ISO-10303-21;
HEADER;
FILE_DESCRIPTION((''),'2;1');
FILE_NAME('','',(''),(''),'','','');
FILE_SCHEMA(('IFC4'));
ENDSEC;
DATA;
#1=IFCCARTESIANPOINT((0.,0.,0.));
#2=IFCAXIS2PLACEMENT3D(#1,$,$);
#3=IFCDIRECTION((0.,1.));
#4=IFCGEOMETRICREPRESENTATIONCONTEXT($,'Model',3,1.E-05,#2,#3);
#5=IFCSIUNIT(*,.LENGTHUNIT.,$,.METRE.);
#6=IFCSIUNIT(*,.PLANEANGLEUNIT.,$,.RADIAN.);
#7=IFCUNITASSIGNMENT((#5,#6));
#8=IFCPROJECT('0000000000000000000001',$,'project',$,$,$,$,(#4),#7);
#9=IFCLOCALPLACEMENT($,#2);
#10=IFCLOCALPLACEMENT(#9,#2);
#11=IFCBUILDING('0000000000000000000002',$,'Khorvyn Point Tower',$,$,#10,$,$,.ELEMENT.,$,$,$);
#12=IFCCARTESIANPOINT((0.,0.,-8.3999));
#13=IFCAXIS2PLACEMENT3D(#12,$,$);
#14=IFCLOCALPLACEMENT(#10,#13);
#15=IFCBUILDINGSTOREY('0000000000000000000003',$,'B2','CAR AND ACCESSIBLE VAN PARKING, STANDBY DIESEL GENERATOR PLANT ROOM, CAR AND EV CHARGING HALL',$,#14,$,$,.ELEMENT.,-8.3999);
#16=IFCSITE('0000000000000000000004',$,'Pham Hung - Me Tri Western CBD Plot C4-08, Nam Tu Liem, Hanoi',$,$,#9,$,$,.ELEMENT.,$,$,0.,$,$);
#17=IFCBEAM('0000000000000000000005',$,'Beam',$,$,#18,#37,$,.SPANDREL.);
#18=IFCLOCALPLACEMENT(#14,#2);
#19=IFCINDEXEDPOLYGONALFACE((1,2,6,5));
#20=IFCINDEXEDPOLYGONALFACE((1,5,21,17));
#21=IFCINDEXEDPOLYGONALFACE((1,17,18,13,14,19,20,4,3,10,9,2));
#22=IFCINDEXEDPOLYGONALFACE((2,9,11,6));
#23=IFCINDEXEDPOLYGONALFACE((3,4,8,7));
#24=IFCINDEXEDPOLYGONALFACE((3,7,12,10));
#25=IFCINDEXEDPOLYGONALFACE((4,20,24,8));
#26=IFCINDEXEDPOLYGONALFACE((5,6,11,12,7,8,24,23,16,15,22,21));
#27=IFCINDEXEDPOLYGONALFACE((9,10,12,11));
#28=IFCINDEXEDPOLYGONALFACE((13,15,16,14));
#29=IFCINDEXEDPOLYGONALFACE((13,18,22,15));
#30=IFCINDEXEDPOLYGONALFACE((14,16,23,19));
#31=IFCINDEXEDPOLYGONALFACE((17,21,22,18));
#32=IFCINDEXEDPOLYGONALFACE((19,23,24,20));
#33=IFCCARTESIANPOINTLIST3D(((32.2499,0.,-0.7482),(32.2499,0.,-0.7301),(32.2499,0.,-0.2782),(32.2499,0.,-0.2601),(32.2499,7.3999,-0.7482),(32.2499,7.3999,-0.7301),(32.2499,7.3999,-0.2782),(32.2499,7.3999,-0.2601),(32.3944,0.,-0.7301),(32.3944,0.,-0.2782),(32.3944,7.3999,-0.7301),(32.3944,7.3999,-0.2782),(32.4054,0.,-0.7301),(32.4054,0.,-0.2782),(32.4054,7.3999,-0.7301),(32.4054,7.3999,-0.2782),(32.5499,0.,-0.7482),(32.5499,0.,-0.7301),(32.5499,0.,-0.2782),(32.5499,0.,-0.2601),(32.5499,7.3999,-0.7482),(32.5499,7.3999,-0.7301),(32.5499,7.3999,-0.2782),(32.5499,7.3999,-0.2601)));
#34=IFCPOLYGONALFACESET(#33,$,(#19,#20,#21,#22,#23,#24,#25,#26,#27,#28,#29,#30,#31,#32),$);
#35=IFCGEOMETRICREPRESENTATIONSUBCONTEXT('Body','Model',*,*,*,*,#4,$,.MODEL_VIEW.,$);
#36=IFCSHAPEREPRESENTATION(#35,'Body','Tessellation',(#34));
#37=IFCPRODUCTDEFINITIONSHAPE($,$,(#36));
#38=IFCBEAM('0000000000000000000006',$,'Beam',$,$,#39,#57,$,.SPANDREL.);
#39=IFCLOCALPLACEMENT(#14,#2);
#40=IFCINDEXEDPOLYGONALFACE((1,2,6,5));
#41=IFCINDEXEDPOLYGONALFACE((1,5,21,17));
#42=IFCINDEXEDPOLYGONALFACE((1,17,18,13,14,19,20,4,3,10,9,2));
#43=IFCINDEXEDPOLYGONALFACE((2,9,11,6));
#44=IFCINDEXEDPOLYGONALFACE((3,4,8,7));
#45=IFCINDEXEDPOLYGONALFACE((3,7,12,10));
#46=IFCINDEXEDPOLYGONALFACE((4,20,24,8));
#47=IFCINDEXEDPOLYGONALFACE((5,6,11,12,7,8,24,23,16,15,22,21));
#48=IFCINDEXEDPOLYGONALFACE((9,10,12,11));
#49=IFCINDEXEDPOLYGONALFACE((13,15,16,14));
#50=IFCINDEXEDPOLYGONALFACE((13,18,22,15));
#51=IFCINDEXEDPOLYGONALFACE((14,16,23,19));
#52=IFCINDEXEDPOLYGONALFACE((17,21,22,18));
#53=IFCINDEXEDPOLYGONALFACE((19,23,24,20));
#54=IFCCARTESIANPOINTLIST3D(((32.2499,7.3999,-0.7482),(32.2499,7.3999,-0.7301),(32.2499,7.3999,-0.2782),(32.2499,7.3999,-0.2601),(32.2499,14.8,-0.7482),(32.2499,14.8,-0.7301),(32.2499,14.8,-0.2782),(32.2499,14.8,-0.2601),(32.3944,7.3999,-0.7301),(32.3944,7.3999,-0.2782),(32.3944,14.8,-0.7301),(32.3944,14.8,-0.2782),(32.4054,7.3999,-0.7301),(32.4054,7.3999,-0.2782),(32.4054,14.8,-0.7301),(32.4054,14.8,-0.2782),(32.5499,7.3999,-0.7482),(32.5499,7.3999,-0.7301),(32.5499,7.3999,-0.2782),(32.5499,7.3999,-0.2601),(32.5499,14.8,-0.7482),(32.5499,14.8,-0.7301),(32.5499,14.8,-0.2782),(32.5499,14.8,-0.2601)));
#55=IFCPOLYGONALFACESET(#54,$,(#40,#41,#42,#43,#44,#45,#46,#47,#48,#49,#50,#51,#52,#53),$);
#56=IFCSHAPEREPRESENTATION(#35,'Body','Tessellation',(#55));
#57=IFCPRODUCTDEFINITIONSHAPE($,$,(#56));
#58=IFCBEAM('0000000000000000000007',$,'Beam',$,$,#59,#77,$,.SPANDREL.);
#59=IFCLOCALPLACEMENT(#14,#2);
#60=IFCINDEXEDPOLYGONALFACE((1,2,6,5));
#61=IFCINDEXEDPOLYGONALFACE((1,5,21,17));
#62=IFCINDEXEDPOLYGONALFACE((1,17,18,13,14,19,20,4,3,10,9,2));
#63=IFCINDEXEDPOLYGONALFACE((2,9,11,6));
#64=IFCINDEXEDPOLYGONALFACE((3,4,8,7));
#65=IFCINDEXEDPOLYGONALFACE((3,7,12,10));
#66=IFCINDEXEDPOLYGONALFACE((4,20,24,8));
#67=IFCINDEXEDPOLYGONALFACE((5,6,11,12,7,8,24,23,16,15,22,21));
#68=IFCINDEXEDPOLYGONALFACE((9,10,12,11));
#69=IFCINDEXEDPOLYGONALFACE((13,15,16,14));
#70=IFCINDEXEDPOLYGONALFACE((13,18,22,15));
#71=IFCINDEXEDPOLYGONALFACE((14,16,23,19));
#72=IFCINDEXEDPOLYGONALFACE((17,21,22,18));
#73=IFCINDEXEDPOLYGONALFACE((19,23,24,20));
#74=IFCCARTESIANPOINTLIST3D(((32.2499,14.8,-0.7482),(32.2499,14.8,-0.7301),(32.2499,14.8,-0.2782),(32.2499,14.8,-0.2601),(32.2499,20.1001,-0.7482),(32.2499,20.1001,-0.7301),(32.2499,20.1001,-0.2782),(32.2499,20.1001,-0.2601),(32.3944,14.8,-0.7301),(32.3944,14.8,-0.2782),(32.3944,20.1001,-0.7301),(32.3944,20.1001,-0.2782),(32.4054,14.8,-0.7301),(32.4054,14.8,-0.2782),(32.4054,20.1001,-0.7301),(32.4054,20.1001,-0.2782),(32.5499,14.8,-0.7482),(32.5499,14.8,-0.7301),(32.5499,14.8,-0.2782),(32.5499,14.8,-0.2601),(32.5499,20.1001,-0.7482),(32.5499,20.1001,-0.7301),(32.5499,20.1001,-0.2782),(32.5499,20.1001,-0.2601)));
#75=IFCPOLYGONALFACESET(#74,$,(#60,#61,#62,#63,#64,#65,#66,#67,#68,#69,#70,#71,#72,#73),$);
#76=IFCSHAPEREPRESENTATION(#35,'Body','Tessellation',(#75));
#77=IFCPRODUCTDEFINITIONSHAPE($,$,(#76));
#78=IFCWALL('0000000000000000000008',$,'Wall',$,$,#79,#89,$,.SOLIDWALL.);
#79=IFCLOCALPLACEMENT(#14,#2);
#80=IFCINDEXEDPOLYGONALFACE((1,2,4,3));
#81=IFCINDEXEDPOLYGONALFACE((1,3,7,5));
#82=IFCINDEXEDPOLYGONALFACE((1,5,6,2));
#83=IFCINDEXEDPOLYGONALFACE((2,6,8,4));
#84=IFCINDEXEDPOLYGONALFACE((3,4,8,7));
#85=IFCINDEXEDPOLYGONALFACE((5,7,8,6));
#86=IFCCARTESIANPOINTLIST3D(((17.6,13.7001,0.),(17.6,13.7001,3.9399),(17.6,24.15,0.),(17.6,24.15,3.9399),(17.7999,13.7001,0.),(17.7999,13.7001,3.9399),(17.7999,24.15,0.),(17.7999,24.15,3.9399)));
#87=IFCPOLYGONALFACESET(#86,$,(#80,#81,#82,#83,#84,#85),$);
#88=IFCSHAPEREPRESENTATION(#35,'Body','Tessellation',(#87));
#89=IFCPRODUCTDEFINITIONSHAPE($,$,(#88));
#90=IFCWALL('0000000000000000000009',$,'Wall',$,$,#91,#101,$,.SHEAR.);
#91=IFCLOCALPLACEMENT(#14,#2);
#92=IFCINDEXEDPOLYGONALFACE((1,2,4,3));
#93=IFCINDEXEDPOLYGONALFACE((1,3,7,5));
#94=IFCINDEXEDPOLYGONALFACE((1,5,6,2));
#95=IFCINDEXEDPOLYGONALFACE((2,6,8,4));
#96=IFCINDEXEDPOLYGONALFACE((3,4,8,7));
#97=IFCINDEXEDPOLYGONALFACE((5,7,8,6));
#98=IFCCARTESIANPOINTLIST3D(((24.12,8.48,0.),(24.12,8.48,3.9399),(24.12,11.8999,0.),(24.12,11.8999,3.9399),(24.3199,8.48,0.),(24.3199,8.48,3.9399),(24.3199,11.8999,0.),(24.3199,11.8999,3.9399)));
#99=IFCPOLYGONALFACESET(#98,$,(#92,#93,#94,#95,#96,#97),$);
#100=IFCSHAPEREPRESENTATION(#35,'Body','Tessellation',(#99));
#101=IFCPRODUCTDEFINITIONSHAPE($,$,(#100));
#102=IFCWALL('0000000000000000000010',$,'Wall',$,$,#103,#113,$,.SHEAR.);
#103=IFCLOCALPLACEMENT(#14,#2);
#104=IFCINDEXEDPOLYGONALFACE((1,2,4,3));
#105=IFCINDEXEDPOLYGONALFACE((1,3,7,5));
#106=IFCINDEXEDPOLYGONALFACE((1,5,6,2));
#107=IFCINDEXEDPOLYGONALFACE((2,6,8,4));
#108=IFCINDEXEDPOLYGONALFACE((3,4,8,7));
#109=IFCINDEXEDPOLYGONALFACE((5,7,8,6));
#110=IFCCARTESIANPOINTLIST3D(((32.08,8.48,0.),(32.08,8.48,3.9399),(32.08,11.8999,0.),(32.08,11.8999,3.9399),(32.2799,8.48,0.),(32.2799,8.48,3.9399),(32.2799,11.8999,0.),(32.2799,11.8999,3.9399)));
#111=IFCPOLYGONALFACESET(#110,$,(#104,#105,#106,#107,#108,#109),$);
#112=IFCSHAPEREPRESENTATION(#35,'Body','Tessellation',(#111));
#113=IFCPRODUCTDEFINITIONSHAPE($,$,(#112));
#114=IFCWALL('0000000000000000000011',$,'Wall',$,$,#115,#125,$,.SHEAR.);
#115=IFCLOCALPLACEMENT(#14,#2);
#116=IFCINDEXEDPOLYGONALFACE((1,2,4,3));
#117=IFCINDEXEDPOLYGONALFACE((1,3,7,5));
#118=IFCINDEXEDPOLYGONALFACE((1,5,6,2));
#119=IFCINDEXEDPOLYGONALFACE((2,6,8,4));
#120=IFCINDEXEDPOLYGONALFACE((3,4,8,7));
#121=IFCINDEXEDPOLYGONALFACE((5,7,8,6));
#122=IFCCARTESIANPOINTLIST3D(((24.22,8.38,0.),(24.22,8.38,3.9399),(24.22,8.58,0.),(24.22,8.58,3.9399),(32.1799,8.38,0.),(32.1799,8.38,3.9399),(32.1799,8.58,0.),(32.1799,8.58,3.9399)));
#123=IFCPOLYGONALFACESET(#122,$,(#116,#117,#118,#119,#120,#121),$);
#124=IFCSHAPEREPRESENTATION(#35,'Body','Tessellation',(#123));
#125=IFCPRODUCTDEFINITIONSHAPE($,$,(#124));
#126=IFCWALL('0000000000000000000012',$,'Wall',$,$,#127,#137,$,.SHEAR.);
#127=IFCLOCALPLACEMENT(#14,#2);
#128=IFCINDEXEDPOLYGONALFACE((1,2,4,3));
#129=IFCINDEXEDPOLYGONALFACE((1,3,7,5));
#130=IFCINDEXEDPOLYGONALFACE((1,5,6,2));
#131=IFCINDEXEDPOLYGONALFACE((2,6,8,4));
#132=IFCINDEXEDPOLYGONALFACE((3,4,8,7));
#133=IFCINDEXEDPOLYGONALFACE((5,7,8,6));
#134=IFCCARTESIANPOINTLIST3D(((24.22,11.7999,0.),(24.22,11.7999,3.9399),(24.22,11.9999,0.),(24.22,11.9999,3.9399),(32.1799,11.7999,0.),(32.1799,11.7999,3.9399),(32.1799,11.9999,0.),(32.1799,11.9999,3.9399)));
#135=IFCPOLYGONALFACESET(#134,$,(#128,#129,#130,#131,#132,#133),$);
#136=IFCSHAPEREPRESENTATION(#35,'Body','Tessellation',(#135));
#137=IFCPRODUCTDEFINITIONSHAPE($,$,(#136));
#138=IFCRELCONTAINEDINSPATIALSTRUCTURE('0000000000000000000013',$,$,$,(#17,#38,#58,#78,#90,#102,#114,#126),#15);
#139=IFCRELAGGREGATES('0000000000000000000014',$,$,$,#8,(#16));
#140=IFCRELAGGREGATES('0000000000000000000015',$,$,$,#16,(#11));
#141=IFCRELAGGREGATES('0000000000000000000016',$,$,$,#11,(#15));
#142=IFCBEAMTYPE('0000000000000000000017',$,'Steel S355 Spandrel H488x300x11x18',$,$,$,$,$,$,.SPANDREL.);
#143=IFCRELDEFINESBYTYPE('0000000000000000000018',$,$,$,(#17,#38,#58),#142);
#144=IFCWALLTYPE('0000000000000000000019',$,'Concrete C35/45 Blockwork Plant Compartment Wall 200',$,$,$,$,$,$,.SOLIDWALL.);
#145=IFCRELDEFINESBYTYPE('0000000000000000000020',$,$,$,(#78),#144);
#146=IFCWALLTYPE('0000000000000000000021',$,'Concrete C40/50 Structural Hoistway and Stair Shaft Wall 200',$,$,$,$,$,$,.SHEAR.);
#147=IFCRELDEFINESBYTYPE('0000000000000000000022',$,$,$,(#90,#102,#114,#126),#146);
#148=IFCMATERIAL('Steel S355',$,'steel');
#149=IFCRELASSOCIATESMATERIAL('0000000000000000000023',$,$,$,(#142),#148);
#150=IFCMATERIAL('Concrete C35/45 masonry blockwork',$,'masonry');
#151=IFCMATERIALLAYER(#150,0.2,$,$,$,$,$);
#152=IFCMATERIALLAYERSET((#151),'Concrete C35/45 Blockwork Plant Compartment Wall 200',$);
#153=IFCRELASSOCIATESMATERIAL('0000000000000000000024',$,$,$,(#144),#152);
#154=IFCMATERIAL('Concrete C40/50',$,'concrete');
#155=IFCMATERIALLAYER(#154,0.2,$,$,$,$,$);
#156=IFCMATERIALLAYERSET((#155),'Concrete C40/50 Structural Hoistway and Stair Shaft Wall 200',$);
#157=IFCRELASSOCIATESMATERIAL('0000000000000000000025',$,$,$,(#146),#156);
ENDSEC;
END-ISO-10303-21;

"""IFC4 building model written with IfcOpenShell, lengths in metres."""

from ifc_helpers import new_model, si_unit, direction, frame, frame_2d, origin, origin_2d, place, context, subcontext, project, spatial, rectangle, i_section, extrude, material, layer, layer_set, material_profile, profile_set, type_object, element, save


model = new_model("IFC4")

# Units and contexts
model_context = context("Model", 3, precision=1e-05, world=origin(), true_north=direction((0.0, 1.0)))
body_context = subcontext(model_context, "Body", "Model", "MODEL_VIEW")
ifc_project = project(units=[si_unit("LENGTHUNIT", "METRE"), si_unit("PLANEANGLEUNIT", "RADIAN")], contexts=[model_context])

# Site, building, storey
site_placement = place(None, origin())
site = spatial("IfcSite", under=ifc_project, at=site_placement, Name="Pham Hung - Me Tri Western CBD Plot C4-08, Nam Tu Liem, Hanoi", CompositionType="ELEMENT", RefElevation=0.0)
building_placement = place(site_placement, origin())
building = spatial("IfcBuilding", under=site, at=building_placement, Name="Khorvyn Point Tower", CompositionType="ELEMENT")
storey_placement = place(building_placement, frame((0.0, 0.0, -8.3999)))
storey = spatial("IfcBuildingStorey", under=building, at=storey_placement, Name="B2", Description="CAR AND ACCESSIBLE VAN PARKING, STANDBY DIESEL GENERATOR PLANT ROOM, CAR AND EV CHARGING HALL", CompositionType="ELEMENT", Elevation=-8.3999)

# Shared definitions
ifc_material_1 = material(Name="Concrete C40/50", Category="concrete")

# Beams
ifc_material_2 = material(Name="Steel S355", Category="steel")
ifc_material_profile_1 = material_profile(ifc_material_2, i_section(OverallWidth=0.3, OverallDepth=0.488, WebThickness=0.011, FlangeThickness=0.0181, at=origin_2d()))
ifc_profile_set_1 = profile_set([ifc_material_profile_1], Name="Steel S355 H488x300x11x18")
beam_type_1 = type_object("IfcBeamType", Name="Steel S355 Spandrel H488x300x11x18", PredefinedType="SPANDREL", material=ifc_profile_set_1)
beam_1_placement = place(storey_placement, frame((32.3999, 0.0, -0.5042), z_axis=(0.0, 1.0, 0.0), x_axis=(-1.0, 0.0, 0.0)))
element("IfcBeam", 1, at=beam_1_placement, inside=storey, type_object=beam_type_1, Name="Beam", PredefinedType="SPANDREL", context=body_context, shape_type="SweptSolid", body=[
    extrude(i_section(OverallWidth=0.3, OverallDepth=0.488, WebThickness=0.011, FlangeThickness=0.0181, at=origin_2d()), origin(), (0.0, 0.0, 1.0), 7.3999),
])
beam_2_placement = place(storey_placement, frame((32.3999, 7.3999, -0.5042), z_axis=(0.0, 1.0, 0.0), x_axis=(-1.0, 0.0, 0.0)))
element("IfcBeam", 2, at=beam_2_placement, inside=storey, type_object=beam_type_1, Name="Beam", PredefinedType="SPANDREL", context=body_context, shape_type="SweptSolid", body=[
    extrude(i_section(OverallWidth=0.3, OverallDepth=0.488, WebThickness=0.011, FlangeThickness=0.0181, at=origin_2d()), origin(), (0.0, 0.0, 1.0), 7.4001),
])
beam_3_placement = place(storey_placement, frame((32.3999, 14.8, -0.5042), z_axis=(0.0, 1.0, 0.0), x_axis=(-1.0, 0.0, 0.0)))
element("IfcBeam", 3, at=beam_3_placement, inside=storey, type_object=beam_type_1, Name="Beam", PredefinedType="SPANDREL", context=body_context, shape_type="SweptSolid", body=[
    extrude(i_section(OverallWidth=0.3, OverallDepth=0.488, WebThickness=0.011, FlangeThickness=0.0181, at=origin_2d()), origin(), (0.0, 0.0, 1.0), 5.3),
])

# Walls
ifc_material_3 = material(Name="Concrete C35/45 masonry blockwork", Category="masonry")
ifc_layer_1 = layer(ifc_material_3, 0.2)
ifc_layer_set_1 = layer_set([ifc_layer_1], Name="Concrete C35/45 Blockwork Plant Compartment Wall 200")
wall_type_1 = type_object("IfcWallType", Name="Concrete C35/45 Blockwork Plant Compartment Wall 200", PredefinedType="SOLIDWALL", material=ifc_layer_set_1)
wall_placement = place(storey_placement, frame((17.7, 13.7, 0.0), z_axis=(0.0, 0.0, 1.0), x_axis=(0.0, 1.0, 0.0)))
element("IfcWall", 4, at=wall_placement, inside=storey, type_object=wall_type_1, Name="Wall", PredefinedType="SOLIDWALL", context=body_context, shape_type="SweptSolid", body=[
    extrude(rectangle(XDim=10.45, YDim=0.2, at=frame_2d((5.2251, 0.0))), origin(), (0.0, 0.0, 1.0), 3.9399),
])
ifc_layer_2 = layer(ifc_material_1, 0.2)
ifc_layer_set_2 = layer_set([ifc_layer_2], Name="Concrete C40/50 Structural Hoistway and Stair Shaft Wall 200")
wall_type_2 = type_object("IfcWallType", Name="Concrete C40/50 Structural Hoistway and Stair Shaft Wall 200", PredefinedType="SHEAR", material=ifc_layer_set_2)
for number, where, z_axis, x_axis, name in (
    (5, (24.22, 8.48, 0.0), (0.0, 0.0, 1.0), (0.0, 1.0, 0.0), "Wall"),
    (6, (32.1799, 11.8999, 0.0), (0.0, 0.0, 1.0), (0.0, -1.0, 0.0), "Wall"),
):
    element("IfcWall", number, at=place(storey_placement, frame(where, z_axis=z_axis, x_axis=x_axis)), inside=storey, type_object=wall_type_2, Name=name, PredefinedType="SHEAR", context=body_context, shape_type="SweptSolid", body=[
        extrude(rectangle(XDim=3.4199, YDim=0.2, at=frame_2d((1.71, 0.0))), origin(), (0.0, 0.0, 1.0), 3.9399),
    ])
for number, where, z_axis, x_axis, name in (
    (7, (32.1799, 8.48, 0.0), (0.0, 0.0, 1.0), (-1.0, 0.0, 0.0), "Wall"),
    (8, (24.22, 11.8999, 0.0), (0.0, 0.0, 1.0), (1.0, 0.0, 0.0), "Wall"),
):
    element("IfcWall", number, at=place(storey_placement, frame(where, z_axis=z_axis, x_axis=x_axis)), inside=storey, type_object=wall_type_2, Name=name, PredefinedType="SHEAR", context=body_context, shape_type="SweptSolid", body=[
        extrude(rectangle(XDim=7.96, YDim=0.2, at=frame_2d((3.98, 0.0))), origin(), (0.0, 0.0, 1.0), 3.9399),
    ])

save(model, "model.ifc")
